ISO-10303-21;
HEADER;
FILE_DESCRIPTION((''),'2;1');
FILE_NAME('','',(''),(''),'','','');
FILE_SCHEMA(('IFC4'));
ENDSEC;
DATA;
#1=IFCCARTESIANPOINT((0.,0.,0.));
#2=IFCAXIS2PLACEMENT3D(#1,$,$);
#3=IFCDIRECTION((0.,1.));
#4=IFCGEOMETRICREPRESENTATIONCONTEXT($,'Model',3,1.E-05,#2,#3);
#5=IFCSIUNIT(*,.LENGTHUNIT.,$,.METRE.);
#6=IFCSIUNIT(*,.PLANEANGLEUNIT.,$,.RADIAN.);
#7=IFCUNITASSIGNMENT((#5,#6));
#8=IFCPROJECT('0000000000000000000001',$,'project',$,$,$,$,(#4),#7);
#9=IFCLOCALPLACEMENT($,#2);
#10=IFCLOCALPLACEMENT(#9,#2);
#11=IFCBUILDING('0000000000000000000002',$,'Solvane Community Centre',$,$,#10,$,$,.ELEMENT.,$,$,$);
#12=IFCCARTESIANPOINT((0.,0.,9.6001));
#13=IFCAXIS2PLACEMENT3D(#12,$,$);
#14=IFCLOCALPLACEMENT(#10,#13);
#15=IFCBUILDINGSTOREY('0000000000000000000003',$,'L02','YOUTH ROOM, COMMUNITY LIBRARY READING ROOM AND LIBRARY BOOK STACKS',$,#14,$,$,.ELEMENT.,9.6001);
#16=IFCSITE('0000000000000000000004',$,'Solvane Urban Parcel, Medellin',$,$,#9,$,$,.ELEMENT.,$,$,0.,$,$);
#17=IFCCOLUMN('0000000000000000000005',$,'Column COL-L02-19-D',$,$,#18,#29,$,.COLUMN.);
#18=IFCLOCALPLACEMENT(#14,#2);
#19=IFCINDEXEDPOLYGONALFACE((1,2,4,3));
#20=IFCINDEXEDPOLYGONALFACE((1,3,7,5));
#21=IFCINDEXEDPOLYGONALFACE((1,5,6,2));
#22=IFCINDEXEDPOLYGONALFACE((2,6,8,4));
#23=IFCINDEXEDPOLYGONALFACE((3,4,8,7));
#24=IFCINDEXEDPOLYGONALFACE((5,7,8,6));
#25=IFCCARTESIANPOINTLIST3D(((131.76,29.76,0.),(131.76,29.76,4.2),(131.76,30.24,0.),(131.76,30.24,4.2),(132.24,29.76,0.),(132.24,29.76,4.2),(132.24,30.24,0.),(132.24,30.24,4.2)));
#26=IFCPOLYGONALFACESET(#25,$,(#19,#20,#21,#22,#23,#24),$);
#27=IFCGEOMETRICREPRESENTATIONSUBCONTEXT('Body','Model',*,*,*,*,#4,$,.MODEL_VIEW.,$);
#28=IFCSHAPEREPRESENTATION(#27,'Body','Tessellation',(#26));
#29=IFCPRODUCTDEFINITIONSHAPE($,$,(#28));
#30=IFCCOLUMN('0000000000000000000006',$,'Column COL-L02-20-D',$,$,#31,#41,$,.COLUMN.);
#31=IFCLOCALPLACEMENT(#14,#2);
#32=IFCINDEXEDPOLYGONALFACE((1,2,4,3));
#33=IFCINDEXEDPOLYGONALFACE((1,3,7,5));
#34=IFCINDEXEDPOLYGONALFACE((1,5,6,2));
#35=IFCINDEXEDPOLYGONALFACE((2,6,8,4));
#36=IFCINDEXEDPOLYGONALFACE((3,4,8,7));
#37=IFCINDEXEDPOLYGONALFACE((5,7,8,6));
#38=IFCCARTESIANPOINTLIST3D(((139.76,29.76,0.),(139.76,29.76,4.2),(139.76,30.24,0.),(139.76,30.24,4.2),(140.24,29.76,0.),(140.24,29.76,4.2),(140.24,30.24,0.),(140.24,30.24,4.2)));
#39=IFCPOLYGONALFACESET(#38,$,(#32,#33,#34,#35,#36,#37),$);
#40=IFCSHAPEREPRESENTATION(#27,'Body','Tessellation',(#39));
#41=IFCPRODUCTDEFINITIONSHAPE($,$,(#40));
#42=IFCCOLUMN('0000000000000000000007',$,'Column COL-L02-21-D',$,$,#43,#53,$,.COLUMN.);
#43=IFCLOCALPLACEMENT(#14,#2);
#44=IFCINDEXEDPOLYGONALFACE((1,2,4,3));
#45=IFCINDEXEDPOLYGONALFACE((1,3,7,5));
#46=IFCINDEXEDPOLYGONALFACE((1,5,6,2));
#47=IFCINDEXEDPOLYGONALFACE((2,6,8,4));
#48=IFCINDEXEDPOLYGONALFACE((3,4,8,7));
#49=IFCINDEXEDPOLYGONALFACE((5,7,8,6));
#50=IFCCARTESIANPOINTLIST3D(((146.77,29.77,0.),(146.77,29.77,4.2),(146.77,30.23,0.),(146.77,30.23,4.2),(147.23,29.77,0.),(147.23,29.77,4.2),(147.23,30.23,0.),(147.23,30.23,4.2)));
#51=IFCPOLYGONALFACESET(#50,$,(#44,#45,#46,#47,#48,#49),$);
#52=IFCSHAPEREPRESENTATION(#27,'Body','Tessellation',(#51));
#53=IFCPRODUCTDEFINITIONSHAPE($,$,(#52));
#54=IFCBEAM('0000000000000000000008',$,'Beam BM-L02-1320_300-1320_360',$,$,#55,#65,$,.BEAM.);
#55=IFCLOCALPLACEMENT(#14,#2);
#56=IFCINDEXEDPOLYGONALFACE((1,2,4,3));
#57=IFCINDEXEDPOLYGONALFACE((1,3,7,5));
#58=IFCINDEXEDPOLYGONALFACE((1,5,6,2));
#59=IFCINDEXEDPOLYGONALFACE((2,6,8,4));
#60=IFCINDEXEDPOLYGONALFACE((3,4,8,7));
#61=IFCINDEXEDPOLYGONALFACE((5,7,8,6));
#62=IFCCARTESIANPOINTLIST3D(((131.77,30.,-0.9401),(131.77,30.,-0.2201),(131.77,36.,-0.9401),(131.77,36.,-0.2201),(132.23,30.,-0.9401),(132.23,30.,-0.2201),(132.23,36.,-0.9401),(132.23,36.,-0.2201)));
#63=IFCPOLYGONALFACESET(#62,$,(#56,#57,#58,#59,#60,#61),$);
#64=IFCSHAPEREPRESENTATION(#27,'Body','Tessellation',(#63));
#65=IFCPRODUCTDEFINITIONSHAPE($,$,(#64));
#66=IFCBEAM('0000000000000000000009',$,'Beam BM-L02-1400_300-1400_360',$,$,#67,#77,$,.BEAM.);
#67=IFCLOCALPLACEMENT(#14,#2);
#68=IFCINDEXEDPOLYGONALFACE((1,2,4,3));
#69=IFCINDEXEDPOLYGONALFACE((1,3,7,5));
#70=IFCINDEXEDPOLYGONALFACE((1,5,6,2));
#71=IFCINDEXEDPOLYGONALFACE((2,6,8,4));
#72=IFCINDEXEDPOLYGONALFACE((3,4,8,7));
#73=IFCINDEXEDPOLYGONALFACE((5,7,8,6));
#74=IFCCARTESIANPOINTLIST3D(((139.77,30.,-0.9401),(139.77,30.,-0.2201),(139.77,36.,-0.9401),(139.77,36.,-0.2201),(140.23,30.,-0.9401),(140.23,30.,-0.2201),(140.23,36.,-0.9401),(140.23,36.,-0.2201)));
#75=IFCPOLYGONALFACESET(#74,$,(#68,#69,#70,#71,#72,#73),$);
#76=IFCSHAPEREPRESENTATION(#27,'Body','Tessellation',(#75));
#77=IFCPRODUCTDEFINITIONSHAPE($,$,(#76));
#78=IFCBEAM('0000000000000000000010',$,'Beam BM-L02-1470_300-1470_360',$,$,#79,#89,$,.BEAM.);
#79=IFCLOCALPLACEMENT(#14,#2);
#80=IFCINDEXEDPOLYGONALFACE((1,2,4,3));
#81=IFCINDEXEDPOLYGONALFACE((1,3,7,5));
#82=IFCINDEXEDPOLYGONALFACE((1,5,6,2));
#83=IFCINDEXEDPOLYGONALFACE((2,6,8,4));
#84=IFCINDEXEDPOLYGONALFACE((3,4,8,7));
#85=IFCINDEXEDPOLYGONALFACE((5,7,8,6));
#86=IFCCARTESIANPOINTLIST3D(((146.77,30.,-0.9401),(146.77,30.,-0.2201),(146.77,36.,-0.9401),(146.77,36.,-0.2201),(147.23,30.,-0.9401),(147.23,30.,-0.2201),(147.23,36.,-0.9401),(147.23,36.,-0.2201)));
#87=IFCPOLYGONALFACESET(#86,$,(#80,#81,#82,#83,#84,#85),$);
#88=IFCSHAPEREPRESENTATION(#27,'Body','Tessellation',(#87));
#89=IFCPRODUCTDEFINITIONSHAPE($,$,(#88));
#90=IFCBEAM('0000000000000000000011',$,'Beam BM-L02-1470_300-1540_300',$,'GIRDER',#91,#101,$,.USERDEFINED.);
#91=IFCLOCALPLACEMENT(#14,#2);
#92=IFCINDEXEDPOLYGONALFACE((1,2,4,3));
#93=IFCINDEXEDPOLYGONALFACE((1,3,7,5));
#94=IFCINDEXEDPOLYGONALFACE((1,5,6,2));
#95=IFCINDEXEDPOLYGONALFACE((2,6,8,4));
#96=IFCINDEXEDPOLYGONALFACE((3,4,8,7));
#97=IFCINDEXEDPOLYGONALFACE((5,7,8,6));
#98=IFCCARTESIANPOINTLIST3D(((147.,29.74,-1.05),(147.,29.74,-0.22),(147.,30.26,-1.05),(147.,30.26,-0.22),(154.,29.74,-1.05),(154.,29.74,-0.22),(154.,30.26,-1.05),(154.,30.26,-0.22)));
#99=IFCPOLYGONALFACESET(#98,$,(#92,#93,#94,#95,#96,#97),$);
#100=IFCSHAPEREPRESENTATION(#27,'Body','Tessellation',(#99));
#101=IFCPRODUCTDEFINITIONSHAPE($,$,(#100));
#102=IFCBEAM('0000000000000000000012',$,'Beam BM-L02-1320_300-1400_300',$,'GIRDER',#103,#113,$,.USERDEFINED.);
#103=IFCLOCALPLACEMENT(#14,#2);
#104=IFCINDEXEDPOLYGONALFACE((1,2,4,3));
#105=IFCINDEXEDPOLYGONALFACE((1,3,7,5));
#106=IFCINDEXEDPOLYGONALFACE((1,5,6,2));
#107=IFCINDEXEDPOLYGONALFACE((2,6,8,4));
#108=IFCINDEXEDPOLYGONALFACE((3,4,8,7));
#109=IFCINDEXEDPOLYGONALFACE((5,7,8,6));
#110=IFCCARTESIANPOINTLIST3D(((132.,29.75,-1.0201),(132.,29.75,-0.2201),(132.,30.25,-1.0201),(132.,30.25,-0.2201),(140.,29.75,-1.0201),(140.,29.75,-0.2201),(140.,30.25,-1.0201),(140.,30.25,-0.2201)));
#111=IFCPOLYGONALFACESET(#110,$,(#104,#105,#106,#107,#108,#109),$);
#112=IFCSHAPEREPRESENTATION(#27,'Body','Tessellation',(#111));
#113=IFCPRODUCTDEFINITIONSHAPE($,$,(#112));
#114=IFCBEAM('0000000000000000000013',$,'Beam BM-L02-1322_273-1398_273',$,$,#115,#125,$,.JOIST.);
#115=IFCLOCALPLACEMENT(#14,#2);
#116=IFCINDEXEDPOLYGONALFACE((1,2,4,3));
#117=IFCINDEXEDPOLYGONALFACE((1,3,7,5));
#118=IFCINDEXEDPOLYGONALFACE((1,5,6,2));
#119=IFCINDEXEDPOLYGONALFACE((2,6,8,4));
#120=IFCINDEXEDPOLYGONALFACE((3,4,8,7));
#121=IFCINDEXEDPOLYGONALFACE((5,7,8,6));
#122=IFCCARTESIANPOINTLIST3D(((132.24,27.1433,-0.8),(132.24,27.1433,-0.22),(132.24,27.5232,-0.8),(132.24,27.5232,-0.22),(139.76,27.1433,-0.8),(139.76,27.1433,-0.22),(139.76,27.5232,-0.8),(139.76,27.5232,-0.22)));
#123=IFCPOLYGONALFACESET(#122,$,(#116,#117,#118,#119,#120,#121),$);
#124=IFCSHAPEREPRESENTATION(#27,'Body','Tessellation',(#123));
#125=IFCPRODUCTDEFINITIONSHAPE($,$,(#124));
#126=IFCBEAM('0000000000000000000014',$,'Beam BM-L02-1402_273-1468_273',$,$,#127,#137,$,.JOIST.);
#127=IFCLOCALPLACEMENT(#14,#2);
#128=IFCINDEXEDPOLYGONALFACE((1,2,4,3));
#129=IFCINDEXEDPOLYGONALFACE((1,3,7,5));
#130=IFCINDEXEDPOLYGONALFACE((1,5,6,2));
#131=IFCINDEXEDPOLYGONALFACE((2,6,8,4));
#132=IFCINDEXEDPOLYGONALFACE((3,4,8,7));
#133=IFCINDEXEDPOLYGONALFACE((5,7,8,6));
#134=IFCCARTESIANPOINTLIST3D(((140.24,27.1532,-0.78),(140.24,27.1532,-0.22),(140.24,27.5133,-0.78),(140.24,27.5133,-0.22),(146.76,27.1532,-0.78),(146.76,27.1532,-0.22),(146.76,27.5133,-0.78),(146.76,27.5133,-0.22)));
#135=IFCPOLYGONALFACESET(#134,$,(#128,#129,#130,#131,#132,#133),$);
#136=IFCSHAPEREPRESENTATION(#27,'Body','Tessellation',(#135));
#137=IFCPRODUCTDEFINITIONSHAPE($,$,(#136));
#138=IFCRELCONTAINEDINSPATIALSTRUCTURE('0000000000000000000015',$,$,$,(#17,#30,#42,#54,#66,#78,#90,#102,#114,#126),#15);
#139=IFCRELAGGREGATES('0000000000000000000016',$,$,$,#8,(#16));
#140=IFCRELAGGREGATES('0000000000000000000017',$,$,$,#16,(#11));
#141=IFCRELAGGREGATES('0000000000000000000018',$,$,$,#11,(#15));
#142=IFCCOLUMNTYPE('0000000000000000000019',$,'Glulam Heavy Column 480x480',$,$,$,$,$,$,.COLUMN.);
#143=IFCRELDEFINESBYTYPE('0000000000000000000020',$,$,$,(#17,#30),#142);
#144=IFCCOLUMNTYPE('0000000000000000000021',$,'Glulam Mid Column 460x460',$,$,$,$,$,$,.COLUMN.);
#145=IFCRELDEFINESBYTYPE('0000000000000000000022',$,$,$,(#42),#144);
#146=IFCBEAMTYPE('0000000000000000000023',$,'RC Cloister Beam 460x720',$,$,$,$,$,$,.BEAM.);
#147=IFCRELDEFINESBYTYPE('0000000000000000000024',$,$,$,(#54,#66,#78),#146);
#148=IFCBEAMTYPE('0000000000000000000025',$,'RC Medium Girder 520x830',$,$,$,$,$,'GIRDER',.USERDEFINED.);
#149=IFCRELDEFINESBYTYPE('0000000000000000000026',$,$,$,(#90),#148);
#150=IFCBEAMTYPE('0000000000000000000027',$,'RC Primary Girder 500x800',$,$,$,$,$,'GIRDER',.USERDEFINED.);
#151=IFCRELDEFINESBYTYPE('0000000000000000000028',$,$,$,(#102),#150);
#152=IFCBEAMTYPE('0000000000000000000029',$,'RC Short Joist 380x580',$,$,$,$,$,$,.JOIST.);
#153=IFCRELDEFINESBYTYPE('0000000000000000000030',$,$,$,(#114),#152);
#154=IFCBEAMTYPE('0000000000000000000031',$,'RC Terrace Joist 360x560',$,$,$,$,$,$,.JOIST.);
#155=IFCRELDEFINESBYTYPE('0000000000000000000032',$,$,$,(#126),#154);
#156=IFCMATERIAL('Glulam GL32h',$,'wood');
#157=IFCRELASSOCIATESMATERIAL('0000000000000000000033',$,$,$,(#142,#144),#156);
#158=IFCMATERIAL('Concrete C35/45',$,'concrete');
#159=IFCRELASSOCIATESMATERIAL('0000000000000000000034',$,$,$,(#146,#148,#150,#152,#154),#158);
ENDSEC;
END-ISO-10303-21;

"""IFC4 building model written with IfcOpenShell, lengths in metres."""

from ifc_helpers import new_model, si_unit, direction, frame, origin, origin_2d, place, context, subcontext, project, spatial, rectangle, extrude, material, material_profile, profile_set, type_object, element, save


model = new_model("IFC4")

# Units and contexts
model_context = context("Model", 3, precision=1e-05, world=origin(), true_north=direction((0.0, 1.0)))
body_context = subcontext(model_context, "Body", "Model", "MODEL_VIEW")
ifc_project = project(units=[si_unit("LENGTHUNIT", "METRE"), si_unit("PLANEANGLEUNIT", "RADIAN")], contexts=[model_context])

# Site, building, storey
site_placement = place(None, origin())
site = spatial("IfcSite", under=ifc_project, at=site_placement, Name="Solvane Urban Parcel, Medellin", CompositionType="ELEMENT", RefElevation=0.0)
building_placement = place(site_placement, origin())
building = spatial("IfcBuilding", under=site, at=building_placement, Name="Solvane Community Centre", CompositionType="ELEMENT")
storey_placement = place(building_placement, frame((0.0, 0.0, 9.6001)))
storey = spatial("IfcBuildingStorey", under=building, at=storey_placement, Name="L02", Description="YOUTH ROOM, COMMUNITY LIBRARY READING ROOM AND LIBRARY BOOK STACKS", CompositionType="ELEMENT", Elevation=9.6001)

# Columns
ifc_material_1 = material(Name="Glulam GL32h", Category="wood")
ifc_material_profile_1 = material_profile(ifc_material_1, rectangle(XDim=0.48, YDim=0.48, at=origin_2d()), Name="GL32h 480x480")
ifc_profile_set_1 = profile_set([ifc_material_profile_1], Name="Glulam GL32h")
column_type_1 = type_object("IfcColumnType", Name="Glulam Heavy Column 480x480", PredefinedType="COLUMN", material=ifc_profile_set_1)
for number, where, z_axis, x_axis, name in (
    (1, (132.0, 30.0, 0.0), (0.0, 0.0, 1.0), (1.0, 0.0, 0.0), "Column COL-L02-19-D"),
    (2, (140.0, 30.0, 0.0), (0.0, 0.0, 1.0), (1.0, 0.0, 0.0), "Column COL-L02-20-D"),
):
    element("IfcColumn", number, at=place(storey_placement, frame(where, z_axis=z_axis, x_axis=x_axis)), inside=storey, type_object=column_type_1, Name=name, PredefinedType="COLUMN", context=body_context, shape_type="SweptSolid", body=[
        extrude(rectangle(XDim=0.48, YDim=0.48, at=origin_2d()), origin(), (0.0, 0.0, 1.0), 4.2),
    ])
ifc_material_profile_2 = material_profile(ifc_material_1, rectangle(XDim=0.46, YDim=0.46, at=origin_2d()), Name="GL32h 460x460")
ifc_profile_set_2 = profile_set([ifc_material_profile_2], Name="Glulam GL32h")
column_type_2 = type_object("IfcColumnType", Name="Glulam Mid Column 460x460", PredefinedType="COLUMN", material=ifc_profile_set_2)
column_placement = place(storey_placement, frame((147.0, 30.0, 0.0), z_axis=(0.0, 0.0, 1.0), x_axis=(1.0, 0.0, 0.0)))
element("IfcColumn", 3, at=column_placement, inside=storey, type_object=column_type_2, Name="Column COL-L02-21-D", PredefinedType="COLUMN", context=body_context, shape_type="SweptSolid", body=[
    extrude(rectangle(XDim=0.46, YDim=0.46, at=origin_2d()), origin(), (0.0, 0.0, 1.0), 4.2),
])

# Beams
ifc_material_2 = material(Name="Concrete C35/45", Category="concrete")
ifc_material_profile_3 = material_profile(ifc_material_2, rectangle(XDim=0.46, YDim=0.72, at=origin_2d()), Name="RC 460x720")
ifc_profile_set_3 = profile_set([ifc_material_profile_3], Name="Concrete C35/45")
beam_type_1 = type_object("IfcBeamType", Name="RC Cloister Beam 460x720", PredefinedType="BEAM", material=ifc_profile_set_3)
for number, where, z_axis, x_axis, name in (
    (4, (132.0, 30.0, -0.5801), (0.0, 1.0, 0.0), (-1.0, 0.0, 0.0), "Beam BM-L02-1320_300-1320_360"),
    (5, (140.0, 30.0, -0.5801), (0.0, 1.0, 0.0), (-1.0, 0.0, 0.0), "Beam BM-L02-1400_300-1400_360"),
    (6, (147.0, 30.0, -0.5801), (0.0, 1.0, 0.0), (-1.0, 0.0, 0.0), "Beam BM-L02-1470_300-1470_360"),
):
    element("IfcBeam", number, at=place(storey_placement, frame(where, z_axis=z_axis, x_axis=x_axis)), inside=storey, type_object=beam_type_1, Name=name, PredefinedType="BEAM", context=body_context, shape_type="SweptSolid", body=[
        extrude(rectangle(XDim=0.46, YDim=0.72, at=origin_2d()), origin(), (0.0, 0.0, 1.0), 6.0),
    ])
ifc_material_profile_4 = material_profile(ifc_material_2, rectangle(XDim=0.52, YDim=0.8301, at=origin_2d()), Name="RC 520x830")
ifc_profile_set_4 = profile_set([ifc_material_profile_4], Name="Concrete C35/45")
beam_type_2 = type_object("IfcBeamType", Name="RC Medium Girder 520x830", ElementType="GIRDER", PredefinedType="USERDEFINED", material=ifc_profile_set_4)
beam_1_placement = place(storey_placement, frame((147.0, 30.0, -0.635), z_axis=(1.0, 0.0, 0.0), x_axis=(0.0, 1.0, 0.0)))
element("IfcBeam", 7, at=beam_1_placement, inside=storey, type_object=beam_type_2, Name="Beam BM-L02-1470_300-1540_300", ObjectType="GIRDER", PredefinedType="USERDEFINED", context=body_context, shape_type="SweptSolid", body=[
    extrude(rectangle(XDim=0.52, YDim=0.8301, at=origin_2d()), origin(), (0.0, 0.0, 1.0), 7.0),
])
ifc_material_profile_5 = material_profile(ifc_material_2, rectangle(XDim=0.5, YDim=0.8, at=origin_2d()), Name="RC 500x800")
ifc_profile_set_5 = profile_set([ifc_material_profile_5], Name="Concrete C35/45")
beam_type_3 = type_object("IfcBeamType", Name="RC Primary Girder 500x800", ElementType="GIRDER", PredefinedType="USERDEFINED", material=ifc_profile_set_5)
beam_2_placement = place(storey_placement, frame((132.0, 30.0, -0.6201), z_axis=(1.0, 0.0, 0.0), x_axis=(0.0, 1.0, 0.0)))
element("IfcBeam", 8, at=beam_2_placement, inside=storey, type_object=beam_type_3, Name="Beam BM-L02-1320_300-1400_300", ObjectType="GIRDER", PredefinedType="USERDEFINED", context=body_context, shape_type="SweptSolid", body=[
    extrude(rectangle(XDim=0.5, YDim=0.8, at=origin_2d()), origin(), (0.0, 0.0, 1.0), 8.0),
])
ifc_material_profile_6 = material_profile(ifc_material_2, rectangle(XDim=0.3799, YDim=0.5801, at=origin_2d()), Name="RC 380x580")
ifc_profile_set_6 = profile_set([ifc_material_profile_6], Name="Concrete C35/45")
beam_type_4 = type_object("IfcBeamType", Name="RC Short Joist 380x580", PredefinedType="JOIST", material=ifc_profile_set_6)
beam_3_placement = place(storey_placement, frame((132.24, 27.3333, -0.51), z_axis=(1.0, 0.0, 0.0), x_axis=(0.0, 1.0, 0.0)))
element("IfcBeam", 9, at=beam_3_placement, inside=storey, type_object=beam_type_4, Name="Beam BM-L02-1322_273-1398_273", PredefinedType="JOIST", context=body_context, shape_type="SweptSolid", body=[
    extrude(rectangle(XDim=0.3799, YDim=0.5801, at=origin_2d()), origin(), (0.0, 0.0, 1.0), 7.52),
])
ifc_material_profile_7 = material_profile(ifc_material_2, rectangle(XDim=0.3601, YDim=0.5601, at=origin_2d()), Name="RC 360x560")
ifc_profile_set_7 = profile_set([ifc_material_profile_7], Name="Concrete C35/45")
beam_type_5 = type_object("IfcBeamType", Name="RC Terrace Joist 360x560", PredefinedType="JOIST", material=ifc_profile_set_7)
beam_4_placement = place(storey_placement, frame((140.24, 27.3333, -0.5), z_axis=(1.0, 0.0, 0.0), x_axis=(0.0, 1.0, 0.0)))
element("IfcBeam", 10, at=beam_4_placement, inside=storey, type_object=beam_type_5, Name="Beam BM-L02-1402_273-1468_273", PredefinedType="JOIST", context=body_context, shape_type="SweptSolid", body=[
    extrude(rectangle(XDim=0.3601, YDim=0.5601, at=origin_2d()), origin(), (0.0, 0.0, 1.0), 6.52),
])

save(model, "model.ifc")
